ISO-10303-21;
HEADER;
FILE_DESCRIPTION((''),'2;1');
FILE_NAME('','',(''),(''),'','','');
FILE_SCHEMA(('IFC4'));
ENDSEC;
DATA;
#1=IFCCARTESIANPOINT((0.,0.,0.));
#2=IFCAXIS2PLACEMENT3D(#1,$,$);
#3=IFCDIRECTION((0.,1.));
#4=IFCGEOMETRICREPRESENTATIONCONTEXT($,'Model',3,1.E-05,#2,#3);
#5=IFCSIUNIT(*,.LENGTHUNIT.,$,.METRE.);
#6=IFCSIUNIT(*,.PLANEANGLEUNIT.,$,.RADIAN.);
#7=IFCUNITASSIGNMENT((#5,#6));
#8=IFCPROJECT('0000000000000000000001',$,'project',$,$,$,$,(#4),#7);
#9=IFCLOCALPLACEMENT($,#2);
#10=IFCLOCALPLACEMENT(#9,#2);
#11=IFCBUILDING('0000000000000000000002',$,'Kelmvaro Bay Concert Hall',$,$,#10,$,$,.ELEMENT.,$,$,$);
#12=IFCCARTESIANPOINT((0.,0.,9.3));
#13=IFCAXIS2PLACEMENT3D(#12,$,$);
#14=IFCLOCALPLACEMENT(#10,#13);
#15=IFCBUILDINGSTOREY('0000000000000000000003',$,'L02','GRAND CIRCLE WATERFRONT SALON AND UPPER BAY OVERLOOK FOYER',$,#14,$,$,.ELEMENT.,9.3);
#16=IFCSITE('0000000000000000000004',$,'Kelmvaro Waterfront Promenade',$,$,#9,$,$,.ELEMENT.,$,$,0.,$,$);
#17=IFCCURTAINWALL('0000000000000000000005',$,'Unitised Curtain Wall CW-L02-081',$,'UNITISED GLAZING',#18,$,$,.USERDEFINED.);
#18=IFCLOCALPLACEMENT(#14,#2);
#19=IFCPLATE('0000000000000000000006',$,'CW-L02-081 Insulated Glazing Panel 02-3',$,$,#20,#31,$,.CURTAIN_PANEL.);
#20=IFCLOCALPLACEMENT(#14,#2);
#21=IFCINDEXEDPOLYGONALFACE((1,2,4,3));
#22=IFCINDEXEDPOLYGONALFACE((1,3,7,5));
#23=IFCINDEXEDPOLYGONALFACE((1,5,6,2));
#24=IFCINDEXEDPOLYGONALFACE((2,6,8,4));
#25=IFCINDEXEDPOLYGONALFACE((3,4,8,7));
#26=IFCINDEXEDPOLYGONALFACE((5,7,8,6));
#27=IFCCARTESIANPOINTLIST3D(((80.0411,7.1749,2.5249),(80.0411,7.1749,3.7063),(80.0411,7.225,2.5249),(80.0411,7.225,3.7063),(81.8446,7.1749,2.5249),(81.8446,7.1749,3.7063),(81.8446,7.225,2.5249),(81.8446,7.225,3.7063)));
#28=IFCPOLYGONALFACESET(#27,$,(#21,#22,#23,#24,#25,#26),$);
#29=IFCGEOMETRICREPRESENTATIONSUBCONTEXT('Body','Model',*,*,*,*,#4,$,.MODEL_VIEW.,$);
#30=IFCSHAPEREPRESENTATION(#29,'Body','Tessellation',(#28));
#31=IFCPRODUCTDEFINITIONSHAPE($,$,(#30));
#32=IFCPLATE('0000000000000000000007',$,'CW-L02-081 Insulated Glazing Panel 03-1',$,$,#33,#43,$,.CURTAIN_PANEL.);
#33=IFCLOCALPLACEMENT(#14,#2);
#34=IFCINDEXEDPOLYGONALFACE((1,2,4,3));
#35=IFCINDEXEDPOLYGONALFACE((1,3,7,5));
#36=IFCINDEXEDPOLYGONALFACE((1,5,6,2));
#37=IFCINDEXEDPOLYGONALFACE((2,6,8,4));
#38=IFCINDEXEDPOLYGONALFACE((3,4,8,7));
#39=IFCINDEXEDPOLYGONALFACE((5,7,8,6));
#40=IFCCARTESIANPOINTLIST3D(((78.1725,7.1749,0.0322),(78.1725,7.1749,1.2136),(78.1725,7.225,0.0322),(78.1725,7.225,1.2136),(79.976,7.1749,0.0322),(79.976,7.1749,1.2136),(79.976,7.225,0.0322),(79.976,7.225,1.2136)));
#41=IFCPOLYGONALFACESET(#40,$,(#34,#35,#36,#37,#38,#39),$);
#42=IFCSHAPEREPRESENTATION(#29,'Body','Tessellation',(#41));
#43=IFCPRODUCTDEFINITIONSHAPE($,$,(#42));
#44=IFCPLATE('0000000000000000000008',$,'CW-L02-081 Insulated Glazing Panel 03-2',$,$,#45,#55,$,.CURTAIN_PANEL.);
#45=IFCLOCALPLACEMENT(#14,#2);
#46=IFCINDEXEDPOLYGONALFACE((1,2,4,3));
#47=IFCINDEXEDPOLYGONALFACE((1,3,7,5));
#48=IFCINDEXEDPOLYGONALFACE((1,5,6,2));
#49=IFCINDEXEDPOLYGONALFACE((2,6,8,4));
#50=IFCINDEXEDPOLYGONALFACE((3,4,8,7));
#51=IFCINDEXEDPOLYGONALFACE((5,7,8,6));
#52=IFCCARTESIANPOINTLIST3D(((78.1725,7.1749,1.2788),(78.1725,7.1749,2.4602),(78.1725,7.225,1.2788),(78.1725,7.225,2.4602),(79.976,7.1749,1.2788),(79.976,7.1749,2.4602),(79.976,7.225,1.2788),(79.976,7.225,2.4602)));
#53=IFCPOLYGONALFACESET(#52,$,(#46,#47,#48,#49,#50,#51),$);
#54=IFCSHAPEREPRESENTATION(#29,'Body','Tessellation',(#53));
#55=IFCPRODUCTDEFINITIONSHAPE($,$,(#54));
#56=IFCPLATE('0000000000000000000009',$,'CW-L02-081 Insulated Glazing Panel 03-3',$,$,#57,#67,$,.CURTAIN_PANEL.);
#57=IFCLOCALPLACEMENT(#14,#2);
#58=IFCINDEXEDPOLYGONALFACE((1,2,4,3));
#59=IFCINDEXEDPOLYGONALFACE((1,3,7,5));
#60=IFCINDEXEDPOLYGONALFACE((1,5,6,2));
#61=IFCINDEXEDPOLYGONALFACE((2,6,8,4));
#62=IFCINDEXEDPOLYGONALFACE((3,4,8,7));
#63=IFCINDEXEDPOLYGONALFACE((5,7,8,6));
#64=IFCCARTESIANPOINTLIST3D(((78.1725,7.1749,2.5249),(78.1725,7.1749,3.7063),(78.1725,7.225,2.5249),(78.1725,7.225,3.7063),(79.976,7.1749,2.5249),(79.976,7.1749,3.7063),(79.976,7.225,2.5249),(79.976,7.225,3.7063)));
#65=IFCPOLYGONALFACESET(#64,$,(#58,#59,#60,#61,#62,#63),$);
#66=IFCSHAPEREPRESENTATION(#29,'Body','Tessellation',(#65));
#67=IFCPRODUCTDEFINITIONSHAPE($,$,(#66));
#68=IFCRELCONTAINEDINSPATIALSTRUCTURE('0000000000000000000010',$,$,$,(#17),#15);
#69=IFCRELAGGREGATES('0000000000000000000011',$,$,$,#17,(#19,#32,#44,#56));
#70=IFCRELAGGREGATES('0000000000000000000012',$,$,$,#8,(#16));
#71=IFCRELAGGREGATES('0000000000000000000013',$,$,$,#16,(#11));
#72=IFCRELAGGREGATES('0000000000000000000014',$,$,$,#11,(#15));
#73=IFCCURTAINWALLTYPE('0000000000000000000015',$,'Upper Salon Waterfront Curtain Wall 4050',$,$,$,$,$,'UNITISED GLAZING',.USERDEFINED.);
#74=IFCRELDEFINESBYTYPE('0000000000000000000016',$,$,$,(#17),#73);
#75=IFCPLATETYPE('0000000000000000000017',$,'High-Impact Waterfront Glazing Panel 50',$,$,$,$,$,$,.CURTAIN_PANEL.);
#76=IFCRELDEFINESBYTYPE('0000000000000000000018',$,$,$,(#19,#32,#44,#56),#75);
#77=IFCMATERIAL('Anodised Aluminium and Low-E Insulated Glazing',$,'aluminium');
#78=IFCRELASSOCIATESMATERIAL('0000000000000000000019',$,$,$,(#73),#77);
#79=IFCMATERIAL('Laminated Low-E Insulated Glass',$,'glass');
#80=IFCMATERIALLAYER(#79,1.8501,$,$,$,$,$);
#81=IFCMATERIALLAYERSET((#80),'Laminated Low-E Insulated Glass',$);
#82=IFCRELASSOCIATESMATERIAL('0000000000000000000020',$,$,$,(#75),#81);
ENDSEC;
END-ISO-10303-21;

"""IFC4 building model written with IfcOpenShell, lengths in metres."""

from ifc_helpers import new_model, si_unit, direction, frame, origin, origin_2d, place, context, subcontext, project, spatial, rectangle, extrude, material, layer, layer_set, type_object, element, aggregate, save


model = new_model("IFC4")

# Units and contexts
model_context = context("Model", 3, precision=1e-05, world=origin(), true_north=direction((0.0, 1.0)))
body_context = subcontext(model_context, "Body", "Model", "MODEL_VIEW")
ifc_project = project(units=[si_unit("LENGTHUNIT", "METRE"), si_unit("PLANEANGLEUNIT", "RADIAN")], contexts=[model_context])

# Site, building, storey
site_placement = place(None, origin())
site = spatial("IfcSite", under=ifc_project, at=site_placement, Name="Kelmvaro Waterfront Promenade", CompositionType="ELEMENT", RefElevation=0.0)
building_placement = place(site_placement, origin())
building = spatial("IfcBuilding", under=site, at=building_placement, Name="Kelmvaro Bay Concert Hall", CompositionType="ELEMENT")
storey_placement = place(building_placement, frame((0.0, 0.0, 9.3)))
storey = spatial("IfcBuildingStorey", under=building, at=storey_placement, Name="L02", Description="GRAND CIRCLE WATERFRONT SALON AND UPPER BAY OVERLOOK FOYER", CompositionType="ELEMENT", Elevation=9.3)

# Curtain wall
ifc_material_1 = material(Name="Anodised Aluminium and Low-E Insulated Glazing", Category="aluminium")
curtain_wall_type = type_object("IfcCurtainWallType", Name="Upper Salon Waterfront Curtain Wall 4050", ElementType="UNITISED GLAZING", PredefinedType="USERDEFINED", material=ifc_material_1)
curtain_wall_1_placement = place(storey_placement, origin())
curtain_wall_1 = element("IfcCurtainWall", 1, at=curtain_wall_1_placement, inside=storey, type_object=curtain_wall_type, Name="Unitised Curtain Wall CW-L02-081", ObjectType="UNITISED GLAZING", PredefinedType="USERDEFINED")

# Plates
ifc_material_2 = material(Name="Laminated Low-E Insulated Glass", Category="glass")
ifc_layer = layer(ifc_material_2, 1.8501)
ifc_layer_set = layer_set([ifc_layer], Name="Laminated Low-E Insulated Glass")
plate_type = type_object("IfcPlateType", Name="High-Impact Waterfront Glazing Panel 50", PredefinedType="CURTAIN_PANEL", material=ifc_layer_set)
plate_1_placement = place(storey_placement, frame((80.9429, 7.2, 2.5249), z_axis=(0.0, 0.0, 1.0), x_axis=(-1.0, 0.0, 0.0)))
plate_1 = element("IfcPlate", 2, at=plate_1_placement, type_object=plate_type, Name="CW-L02-081 Insulated Glazing Panel 02-3", PredefinedType="CURTAIN_PANEL", context=body_context, shape_type="SweptSolid", body=[
    extrude(rectangle(XDim=1.8035, YDim=0.05, at=origin_2d()), origin(), (0.0, 0.0, 1.0), 1.1814),
])
plate_2_placement = place(storey_placement, frame((79.0742, 7.2, 0.0322), z_axis=(0.0, 0.0, 1.0), x_axis=(-1.0, 0.0, 0.0)))
plate_2 = element("IfcPlate", 3, at=plate_2_placement, type_object=plate_type, Name="CW-L02-081 Insulated Glazing Panel 03-1", PredefinedType="CURTAIN_PANEL", context=body_context, shape_type="SweptSolid", body=[
    extrude(rectangle(XDim=1.8035, YDim=0.05, at=origin_2d()), origin(), (0.0, 0.0, 1.0), 1.1814),
])
plate_3_placement = place(storey_placement, frame((79.0742, 7.2, 1.2788), z_axis=(0.0, 0.0, 1.0), x_axis=(-1.0, 0.0, 0.0)))
plate_3 = element("IfcPlate", 4, at=plate_3_placement, type_object=plate_type, Name="CW-L02-081 Insulated Glazing Panel 03-2", PredefinedType="CURTAIN_PANEL", context=body_context, shape_type="SweptSolid", body=[
    extrude(rectangle(XDim=1.8035, YDim=0.05, at=origin_2d()), origin(), (0.0, 0.0, 1.0), 1.1814),
])
plate_4_placement = place(storey_placement, frame((79.0742, 7.2, 2.5249), z_axis=(0.0, 0.0, 1.0), x_axis=(-1.0, 0.0, 0.0)))
plate_4 = element("IfcPlate", 5, at=plate_4_placement, type_object=plate_type, Name="CW-L02-081 Insulated Glazing Panel 03-3", PredefinedType="CURTAIN_PANEL", context=body_context, shape_type="SweptSolid", body=[
    extrude(rectangle(XDim=1.8035, YDim=0.05, at=origin_2d()), origin(), (0.0, 0.0, 1.0), 1.1814),
])
aggregate(curtain_wall_1, [plate_1, plate_2, plate_3, plate_4])

save(model, "model.ifc")
